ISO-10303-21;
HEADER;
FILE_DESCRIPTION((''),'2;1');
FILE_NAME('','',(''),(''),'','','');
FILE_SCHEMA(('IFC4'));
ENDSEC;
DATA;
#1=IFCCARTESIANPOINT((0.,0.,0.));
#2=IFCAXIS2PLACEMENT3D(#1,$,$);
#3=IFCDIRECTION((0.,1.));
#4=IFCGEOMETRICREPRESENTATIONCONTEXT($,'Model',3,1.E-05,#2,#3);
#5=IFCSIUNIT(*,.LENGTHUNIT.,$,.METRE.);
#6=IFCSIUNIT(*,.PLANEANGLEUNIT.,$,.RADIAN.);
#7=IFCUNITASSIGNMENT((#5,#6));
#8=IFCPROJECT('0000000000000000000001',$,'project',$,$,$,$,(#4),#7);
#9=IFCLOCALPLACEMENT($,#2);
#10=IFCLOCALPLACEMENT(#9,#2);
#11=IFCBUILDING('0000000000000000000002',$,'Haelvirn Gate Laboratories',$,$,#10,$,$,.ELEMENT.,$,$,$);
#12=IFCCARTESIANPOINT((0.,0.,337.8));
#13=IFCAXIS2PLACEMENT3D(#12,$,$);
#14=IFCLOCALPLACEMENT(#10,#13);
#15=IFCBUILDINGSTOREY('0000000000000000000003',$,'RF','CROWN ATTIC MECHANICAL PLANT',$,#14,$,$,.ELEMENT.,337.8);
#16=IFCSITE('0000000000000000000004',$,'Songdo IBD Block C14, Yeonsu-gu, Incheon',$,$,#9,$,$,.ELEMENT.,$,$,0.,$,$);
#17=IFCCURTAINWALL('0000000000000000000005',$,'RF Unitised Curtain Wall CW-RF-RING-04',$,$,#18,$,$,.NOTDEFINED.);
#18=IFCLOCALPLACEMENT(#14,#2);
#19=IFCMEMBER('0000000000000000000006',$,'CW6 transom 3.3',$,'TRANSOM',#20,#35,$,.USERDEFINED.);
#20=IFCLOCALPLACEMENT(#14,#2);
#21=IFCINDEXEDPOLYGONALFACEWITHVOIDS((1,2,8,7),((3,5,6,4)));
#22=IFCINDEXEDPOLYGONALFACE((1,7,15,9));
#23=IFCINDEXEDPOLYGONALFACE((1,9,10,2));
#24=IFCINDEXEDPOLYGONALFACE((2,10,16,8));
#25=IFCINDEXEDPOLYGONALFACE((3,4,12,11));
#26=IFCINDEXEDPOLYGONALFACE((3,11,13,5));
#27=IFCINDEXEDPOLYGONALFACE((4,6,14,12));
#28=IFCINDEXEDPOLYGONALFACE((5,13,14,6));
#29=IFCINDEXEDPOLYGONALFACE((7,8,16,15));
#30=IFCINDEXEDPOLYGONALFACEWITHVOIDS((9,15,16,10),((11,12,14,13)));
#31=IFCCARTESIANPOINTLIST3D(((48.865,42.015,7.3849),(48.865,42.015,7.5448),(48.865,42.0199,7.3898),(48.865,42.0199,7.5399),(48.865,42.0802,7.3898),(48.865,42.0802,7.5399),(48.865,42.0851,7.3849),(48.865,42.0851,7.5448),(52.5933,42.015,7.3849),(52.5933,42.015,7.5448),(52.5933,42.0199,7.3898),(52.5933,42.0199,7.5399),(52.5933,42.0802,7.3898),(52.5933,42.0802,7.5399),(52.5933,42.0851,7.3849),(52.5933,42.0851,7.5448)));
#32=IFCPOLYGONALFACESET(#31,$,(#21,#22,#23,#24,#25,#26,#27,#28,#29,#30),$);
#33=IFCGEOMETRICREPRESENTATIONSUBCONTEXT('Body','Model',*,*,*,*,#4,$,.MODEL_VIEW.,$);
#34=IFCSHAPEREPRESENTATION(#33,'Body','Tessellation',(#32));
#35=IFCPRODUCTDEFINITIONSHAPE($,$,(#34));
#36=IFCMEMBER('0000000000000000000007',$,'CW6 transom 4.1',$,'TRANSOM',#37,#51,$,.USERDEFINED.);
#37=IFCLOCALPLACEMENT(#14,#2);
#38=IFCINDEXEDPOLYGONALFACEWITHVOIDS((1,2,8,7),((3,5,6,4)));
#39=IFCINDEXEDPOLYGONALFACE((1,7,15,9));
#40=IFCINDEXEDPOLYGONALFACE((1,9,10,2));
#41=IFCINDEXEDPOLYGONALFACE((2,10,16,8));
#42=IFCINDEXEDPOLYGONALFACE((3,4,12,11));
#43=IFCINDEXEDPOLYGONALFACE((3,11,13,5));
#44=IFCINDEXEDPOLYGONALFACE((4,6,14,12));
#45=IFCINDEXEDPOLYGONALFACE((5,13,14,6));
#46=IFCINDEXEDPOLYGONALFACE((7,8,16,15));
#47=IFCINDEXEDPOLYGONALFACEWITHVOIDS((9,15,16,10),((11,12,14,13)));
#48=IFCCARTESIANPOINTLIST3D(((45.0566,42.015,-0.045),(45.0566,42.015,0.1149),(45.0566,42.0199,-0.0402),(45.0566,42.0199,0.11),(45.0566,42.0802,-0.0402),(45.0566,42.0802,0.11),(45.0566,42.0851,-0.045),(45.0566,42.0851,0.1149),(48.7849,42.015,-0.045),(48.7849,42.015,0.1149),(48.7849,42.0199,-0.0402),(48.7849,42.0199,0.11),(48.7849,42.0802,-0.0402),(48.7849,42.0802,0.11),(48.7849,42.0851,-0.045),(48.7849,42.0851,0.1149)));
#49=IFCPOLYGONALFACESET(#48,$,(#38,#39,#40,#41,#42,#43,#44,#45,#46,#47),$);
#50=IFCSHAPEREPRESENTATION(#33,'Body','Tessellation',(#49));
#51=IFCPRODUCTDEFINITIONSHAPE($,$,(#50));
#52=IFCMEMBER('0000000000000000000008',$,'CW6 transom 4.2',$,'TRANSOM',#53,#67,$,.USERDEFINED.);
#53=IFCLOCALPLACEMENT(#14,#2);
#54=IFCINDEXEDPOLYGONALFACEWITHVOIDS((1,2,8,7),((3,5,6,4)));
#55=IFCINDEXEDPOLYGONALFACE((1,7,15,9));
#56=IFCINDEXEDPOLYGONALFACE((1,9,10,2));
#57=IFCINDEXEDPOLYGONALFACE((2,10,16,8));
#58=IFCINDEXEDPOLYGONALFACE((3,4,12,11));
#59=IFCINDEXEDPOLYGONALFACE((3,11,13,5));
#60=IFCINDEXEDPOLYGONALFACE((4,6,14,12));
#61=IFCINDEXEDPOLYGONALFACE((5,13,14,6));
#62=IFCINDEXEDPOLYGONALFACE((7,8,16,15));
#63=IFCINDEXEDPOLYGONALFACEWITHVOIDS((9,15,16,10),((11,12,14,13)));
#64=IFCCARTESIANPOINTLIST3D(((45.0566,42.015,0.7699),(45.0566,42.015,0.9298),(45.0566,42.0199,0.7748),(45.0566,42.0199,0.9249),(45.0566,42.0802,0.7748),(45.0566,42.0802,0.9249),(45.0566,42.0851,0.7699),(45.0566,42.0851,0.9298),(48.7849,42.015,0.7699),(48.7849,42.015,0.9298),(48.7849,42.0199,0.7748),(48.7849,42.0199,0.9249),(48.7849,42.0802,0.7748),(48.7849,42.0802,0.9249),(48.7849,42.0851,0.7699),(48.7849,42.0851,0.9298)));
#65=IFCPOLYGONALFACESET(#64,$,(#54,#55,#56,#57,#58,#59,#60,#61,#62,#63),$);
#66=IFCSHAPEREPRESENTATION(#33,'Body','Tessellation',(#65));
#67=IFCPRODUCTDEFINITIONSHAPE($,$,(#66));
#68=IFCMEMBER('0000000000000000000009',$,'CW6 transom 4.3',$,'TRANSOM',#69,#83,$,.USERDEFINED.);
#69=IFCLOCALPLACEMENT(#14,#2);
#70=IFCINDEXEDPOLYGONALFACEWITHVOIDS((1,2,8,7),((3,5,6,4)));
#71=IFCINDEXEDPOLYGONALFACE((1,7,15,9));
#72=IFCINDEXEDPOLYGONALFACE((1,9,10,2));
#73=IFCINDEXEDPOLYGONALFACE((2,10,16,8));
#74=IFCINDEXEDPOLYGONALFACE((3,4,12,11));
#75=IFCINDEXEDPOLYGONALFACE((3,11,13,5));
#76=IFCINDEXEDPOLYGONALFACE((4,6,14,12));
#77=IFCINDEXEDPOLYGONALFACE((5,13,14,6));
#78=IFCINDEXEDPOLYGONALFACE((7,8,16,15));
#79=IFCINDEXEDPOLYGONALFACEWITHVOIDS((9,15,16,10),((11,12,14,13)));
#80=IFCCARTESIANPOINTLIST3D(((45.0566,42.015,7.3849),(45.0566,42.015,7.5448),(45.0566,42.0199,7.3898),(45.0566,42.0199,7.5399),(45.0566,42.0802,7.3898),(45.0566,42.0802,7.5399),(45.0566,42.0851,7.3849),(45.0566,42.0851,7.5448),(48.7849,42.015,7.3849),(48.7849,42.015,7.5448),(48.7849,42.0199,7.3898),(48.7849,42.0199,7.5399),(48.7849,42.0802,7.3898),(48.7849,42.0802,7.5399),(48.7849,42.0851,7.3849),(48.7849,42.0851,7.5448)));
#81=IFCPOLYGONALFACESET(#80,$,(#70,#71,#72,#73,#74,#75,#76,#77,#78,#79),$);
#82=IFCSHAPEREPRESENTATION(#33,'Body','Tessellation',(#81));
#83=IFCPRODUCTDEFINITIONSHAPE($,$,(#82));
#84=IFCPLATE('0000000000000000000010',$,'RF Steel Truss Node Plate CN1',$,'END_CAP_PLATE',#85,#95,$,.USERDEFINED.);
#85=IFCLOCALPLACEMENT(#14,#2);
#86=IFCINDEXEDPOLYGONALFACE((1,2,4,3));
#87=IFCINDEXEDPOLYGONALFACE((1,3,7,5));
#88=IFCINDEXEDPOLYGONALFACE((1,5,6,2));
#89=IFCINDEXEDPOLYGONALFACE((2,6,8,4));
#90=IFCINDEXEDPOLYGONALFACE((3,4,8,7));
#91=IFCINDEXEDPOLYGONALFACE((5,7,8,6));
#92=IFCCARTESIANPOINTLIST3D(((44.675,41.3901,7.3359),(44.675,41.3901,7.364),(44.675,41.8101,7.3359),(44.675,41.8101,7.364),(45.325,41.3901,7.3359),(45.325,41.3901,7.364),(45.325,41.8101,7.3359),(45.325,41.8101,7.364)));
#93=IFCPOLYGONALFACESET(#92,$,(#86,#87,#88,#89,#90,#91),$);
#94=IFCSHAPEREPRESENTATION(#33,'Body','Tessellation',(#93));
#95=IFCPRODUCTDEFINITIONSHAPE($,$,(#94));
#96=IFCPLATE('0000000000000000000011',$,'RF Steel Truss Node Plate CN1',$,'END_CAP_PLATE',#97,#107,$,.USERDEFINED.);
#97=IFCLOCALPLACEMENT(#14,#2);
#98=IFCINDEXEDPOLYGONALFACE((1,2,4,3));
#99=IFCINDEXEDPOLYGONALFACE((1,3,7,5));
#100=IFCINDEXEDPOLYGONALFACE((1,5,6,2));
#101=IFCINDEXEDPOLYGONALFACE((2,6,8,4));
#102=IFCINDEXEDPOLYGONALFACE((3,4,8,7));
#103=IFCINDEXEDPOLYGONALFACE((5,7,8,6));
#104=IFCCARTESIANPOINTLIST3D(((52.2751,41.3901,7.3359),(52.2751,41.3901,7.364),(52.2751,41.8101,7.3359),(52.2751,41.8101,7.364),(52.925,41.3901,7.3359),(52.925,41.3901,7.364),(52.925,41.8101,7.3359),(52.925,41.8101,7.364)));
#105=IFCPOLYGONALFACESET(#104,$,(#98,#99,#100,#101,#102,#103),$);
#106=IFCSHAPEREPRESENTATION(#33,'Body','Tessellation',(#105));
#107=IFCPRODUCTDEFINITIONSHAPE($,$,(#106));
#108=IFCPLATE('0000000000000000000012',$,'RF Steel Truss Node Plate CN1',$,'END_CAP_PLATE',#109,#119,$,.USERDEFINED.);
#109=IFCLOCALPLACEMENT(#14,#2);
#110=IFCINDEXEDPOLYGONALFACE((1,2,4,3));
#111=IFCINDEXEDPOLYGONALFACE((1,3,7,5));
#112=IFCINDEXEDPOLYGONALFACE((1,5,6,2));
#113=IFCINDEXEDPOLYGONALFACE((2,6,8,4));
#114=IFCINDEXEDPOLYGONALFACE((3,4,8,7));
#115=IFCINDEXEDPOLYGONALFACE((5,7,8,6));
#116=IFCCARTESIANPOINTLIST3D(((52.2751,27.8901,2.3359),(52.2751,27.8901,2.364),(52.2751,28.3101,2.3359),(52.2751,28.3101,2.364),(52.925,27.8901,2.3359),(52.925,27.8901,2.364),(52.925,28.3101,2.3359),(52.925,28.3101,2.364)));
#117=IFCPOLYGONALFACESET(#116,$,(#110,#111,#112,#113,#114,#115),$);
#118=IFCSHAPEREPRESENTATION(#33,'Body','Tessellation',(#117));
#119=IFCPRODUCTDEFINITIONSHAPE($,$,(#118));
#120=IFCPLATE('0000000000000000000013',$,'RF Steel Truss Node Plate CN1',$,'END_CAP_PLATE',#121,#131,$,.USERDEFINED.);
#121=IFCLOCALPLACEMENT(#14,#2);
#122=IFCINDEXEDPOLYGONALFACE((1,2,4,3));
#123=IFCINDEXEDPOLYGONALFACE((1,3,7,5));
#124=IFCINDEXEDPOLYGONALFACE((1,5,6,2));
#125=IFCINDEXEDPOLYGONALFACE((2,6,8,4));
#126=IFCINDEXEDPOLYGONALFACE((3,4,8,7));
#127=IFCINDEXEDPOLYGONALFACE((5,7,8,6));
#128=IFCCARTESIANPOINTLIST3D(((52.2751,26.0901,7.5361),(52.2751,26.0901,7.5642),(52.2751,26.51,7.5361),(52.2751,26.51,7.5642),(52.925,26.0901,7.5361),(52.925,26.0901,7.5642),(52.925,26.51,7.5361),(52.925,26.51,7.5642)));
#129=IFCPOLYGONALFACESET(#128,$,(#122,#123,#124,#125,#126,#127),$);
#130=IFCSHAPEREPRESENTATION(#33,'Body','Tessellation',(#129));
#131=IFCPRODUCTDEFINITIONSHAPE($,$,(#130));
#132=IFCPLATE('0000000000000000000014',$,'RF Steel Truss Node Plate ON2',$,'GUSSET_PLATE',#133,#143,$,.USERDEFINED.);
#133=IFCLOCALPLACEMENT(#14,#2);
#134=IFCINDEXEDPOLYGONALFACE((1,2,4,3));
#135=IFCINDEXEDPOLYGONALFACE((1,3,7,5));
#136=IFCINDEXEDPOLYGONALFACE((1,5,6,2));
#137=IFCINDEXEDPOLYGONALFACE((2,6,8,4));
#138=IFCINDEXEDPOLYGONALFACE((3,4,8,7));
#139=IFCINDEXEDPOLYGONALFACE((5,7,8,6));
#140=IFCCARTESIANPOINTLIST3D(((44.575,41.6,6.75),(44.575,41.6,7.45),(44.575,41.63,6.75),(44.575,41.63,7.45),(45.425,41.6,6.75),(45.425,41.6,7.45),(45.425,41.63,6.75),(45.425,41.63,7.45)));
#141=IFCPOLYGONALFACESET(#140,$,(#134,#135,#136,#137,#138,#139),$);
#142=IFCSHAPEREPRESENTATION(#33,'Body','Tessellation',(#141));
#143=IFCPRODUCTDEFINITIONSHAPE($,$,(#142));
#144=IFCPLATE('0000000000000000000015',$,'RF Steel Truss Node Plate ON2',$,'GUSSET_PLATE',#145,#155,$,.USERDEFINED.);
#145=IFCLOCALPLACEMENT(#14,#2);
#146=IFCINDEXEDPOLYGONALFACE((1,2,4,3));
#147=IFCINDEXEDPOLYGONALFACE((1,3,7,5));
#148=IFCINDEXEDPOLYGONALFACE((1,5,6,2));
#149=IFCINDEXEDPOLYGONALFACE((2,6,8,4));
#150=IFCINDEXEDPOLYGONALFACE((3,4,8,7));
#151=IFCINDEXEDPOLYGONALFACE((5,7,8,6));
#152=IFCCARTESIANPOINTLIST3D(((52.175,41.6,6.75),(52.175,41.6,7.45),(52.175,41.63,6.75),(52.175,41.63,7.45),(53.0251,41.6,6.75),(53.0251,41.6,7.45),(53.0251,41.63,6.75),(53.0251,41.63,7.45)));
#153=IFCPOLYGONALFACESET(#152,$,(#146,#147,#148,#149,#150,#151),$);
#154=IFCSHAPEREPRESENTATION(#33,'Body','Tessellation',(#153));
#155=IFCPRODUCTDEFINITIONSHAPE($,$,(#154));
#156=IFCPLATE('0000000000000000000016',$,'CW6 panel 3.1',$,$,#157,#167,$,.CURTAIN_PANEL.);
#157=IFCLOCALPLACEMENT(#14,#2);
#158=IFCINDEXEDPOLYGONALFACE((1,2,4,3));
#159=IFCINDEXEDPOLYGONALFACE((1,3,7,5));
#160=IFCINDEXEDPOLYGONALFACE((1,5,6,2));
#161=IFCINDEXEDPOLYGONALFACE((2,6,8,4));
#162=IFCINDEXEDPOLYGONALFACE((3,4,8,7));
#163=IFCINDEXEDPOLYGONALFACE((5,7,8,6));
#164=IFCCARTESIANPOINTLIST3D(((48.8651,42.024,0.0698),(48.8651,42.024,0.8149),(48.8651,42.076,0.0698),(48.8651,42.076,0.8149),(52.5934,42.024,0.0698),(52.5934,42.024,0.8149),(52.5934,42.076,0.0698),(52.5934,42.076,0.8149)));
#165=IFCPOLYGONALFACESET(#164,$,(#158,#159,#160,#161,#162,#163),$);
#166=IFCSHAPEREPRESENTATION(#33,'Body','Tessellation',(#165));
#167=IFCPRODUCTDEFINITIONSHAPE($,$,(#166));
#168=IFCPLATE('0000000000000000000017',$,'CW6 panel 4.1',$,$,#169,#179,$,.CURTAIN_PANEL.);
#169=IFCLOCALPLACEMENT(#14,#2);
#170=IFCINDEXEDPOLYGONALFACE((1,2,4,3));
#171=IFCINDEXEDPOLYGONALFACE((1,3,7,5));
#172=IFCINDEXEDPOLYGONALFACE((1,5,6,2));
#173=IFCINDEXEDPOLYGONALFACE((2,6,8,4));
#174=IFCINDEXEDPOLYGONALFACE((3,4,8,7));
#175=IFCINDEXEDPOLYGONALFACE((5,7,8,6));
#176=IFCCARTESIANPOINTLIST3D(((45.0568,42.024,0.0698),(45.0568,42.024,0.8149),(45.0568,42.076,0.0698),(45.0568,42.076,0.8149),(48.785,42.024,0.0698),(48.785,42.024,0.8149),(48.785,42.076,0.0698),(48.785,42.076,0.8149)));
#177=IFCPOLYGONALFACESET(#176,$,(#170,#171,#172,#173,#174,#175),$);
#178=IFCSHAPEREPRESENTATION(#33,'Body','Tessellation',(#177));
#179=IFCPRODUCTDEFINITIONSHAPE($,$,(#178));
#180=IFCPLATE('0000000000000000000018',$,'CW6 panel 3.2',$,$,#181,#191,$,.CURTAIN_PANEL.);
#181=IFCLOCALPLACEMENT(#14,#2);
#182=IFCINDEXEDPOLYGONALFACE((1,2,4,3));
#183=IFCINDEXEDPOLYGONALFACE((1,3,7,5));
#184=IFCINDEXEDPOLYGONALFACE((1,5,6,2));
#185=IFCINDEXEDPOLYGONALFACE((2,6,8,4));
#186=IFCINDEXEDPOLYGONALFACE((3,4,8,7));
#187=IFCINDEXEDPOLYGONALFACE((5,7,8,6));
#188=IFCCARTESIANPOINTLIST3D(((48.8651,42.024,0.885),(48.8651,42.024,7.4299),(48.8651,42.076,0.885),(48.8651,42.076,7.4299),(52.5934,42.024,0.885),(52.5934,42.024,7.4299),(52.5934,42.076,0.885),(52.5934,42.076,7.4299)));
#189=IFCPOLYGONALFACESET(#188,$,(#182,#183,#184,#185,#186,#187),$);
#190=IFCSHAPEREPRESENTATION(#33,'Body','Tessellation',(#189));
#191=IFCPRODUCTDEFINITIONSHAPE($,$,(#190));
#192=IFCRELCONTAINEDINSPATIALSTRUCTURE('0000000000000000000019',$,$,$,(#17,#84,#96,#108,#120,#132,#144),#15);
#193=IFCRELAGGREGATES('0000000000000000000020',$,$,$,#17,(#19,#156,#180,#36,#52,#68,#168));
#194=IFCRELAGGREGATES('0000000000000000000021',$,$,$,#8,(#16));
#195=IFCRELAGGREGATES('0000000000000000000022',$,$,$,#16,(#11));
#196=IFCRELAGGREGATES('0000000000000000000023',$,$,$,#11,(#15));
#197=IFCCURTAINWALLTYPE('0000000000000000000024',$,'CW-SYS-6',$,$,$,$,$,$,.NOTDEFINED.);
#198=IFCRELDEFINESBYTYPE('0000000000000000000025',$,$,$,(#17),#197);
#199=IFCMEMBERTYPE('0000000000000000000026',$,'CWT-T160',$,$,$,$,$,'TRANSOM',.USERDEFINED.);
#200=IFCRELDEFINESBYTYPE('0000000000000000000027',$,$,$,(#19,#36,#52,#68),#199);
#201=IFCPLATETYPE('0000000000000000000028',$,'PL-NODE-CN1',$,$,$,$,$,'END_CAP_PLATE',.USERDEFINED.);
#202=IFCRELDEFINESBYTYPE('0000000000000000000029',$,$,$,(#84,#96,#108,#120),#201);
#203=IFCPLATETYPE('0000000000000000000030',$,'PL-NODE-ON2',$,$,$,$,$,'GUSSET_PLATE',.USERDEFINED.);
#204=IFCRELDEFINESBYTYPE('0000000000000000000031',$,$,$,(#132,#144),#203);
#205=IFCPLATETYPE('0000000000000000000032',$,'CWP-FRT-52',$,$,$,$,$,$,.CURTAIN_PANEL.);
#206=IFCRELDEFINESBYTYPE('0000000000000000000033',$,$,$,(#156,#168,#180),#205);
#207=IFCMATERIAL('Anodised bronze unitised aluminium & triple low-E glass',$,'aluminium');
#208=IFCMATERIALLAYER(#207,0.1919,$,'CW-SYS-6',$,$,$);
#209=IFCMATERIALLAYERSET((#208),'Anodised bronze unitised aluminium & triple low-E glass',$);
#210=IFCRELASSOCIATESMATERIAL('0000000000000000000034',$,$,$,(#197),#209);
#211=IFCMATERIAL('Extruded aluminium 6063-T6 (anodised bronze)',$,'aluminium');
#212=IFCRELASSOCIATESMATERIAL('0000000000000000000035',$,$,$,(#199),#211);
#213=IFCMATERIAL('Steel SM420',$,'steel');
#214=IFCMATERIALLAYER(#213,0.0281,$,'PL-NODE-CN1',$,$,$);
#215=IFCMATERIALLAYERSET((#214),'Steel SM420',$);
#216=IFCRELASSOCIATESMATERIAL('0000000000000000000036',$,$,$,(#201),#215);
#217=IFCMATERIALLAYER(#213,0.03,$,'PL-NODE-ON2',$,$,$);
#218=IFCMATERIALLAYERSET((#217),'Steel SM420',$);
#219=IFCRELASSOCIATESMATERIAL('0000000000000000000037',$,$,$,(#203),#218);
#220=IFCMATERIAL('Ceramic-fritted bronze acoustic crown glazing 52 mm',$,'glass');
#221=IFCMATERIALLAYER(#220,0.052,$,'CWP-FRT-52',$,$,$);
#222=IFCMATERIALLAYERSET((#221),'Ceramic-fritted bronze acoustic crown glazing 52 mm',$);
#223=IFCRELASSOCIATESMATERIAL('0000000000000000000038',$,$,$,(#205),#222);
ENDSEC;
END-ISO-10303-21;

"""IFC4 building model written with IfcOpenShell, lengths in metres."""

from ifc_helpers import new_model, si_unit, direction, frame, origin, origin_2d, place, context, subcontext, project, spatial, rectangle, hollow_rectangle, extrude, source, transform, mapped, material, layer, layer_set, material_profile, profile_set, type_object, type_shapes, element, aggregate, save


model = new_model("IFC4")

# Units and contexts
model_context = context("Model", 3, precision=1e-05, world=origin(), true_north=direction((0.0, 1.0)))
body_context = subcontext(model_context, "Body", "Model", "MODEL_VIEW")
ifc_project = project(units=[si_unit("LENGTHUNIT", "METRE"), si_unit("PLANEANGLEUNIT", "RADIAN")], contexts=[model_context])

# Site, building, storey
site_placement = place(None, origin())
site = spatial("IfcSite", under=ifc_project, at=site_placement, Name="Songdo IBD Block C14, Yeonsu-gu, Incheon", CompositionType="ELEMENT", RefElevation=0.0)
building_placement = place(site_placement, origin())
building = spatial("IfcBuilding", under=site, at=building_placement, Name="Haelvirn Gate Laboratories", CompositionType="ELEMENT")
storey_placement = place(building_placement, frame((0.0, 0.0, 337.8)))
storey = spatial("IfcBuildingStorey", under=building, at=storey_placement, Name="RF", Description="CROWN ATTIC MECHANICAL PLANT", CompositionType="ELEMENT", Elevation=337.8)

# Shared definitions
ifc_material_1 = material(Name="Steel SM420", Category="steel")

# Curtain wall, members
ifc_material_2 = material(Name="Anodised bronze unitised aluminium & triple low-E glass", Category="aluminium")
ifc_layer_1 = layer(ifc_material_2, 0.1919, Name="CW-SYS-6")
ifc_layer_set_1 = layer_set([ifc_layer_1], Name="Anodised bronze unitised aluminium & triple low-E glass")
curtain_wall_type = type_object("IfcCurtainWallType", Name="CW-SYS-6", PredefinedType="NOTDEFINED", material=ifc_layer_set_1)
curtain_wall_placement = place(storey_placement, origin())
curtain_wall = element("IfcCurtainWall", 1, at=curtain_wall_placement, inside=storey, type_object=curtain_wall_type, Name="RF Unitised Curtain Wall CW-RF-RING-04", PredefinedType="NOTDEFINED")
ifc_material_3 = material(Name="Extruded aluminium 6063-T6 (anodised bronze)", Category="aluminium")
ifc_material_profile_1 = material_profile(ifc_material_3, hollow_rectangle(XDim=0.0701, YDim=0.1599, WallThickness=0.0049, at=origin_2d()), Name="CWT-160x70x5")
ifc_profile_set_1 = profile_set([ifc_material_profile_1], Name="Extruded aluminium 6063-T6 (anodised bronze)")
member_type_1 = type_object("IfcMemberType", Name="CWT-T160", ElementType="TRANSOM", PredefinedType="USERDEFINED", material=ifc_profile_set_1)
shared_shape_1 = source(origin(), body_context, "Body", "SweptSolid", [
    extrude(hollow_rectangle(XDim=0.0701, YDim=0.1599, WallThickness=0.0049, at=origin_2d()), origin(), (0.0, 0.0, 1.0), 3.7283),
])
type_shapes(member_type_1, [shared_shape_1])
member_1_placement = place(storey_placement, frame((52.5933, 42.05, 7.4648), z_axis=(-1.0, 0.0, 0.0), x_axis=(0.0, -1.0, 0.0)))
member_1 = element("IfcMember", 2, at=member_1_placement, type_object=member_type_1, Name="CW6 transom 3.3", ObjectType="TRANSOM", PredefinedType="USERDEFINED", context=body_context, shape_type="MappedRepresentation", body=[
    mapped(shared_shape_1, transform((0.0, 0.0, 0.0), scale=1.0)),
])
member_2_placement = place(storey_placement, frame((48.7849, 42.05, 0.0349), z_axis=(-1.0, 0.0, 0.0), x_axis=(0.0, -1.0, 0.0)))
member_2 = element("IfcMember", 3, at=member_2_placement, type_object=member_type_1, Name="CW6 transom 4.1", ObjectType="TRANSOM", PredefinedType="USERDEFINED", context=body_context, shape_type="MappedRepresentation", body=[
    mapped(shared_shape_1, transform((0.0, 0.0, 0.0), scale=1.0)),
])
member_3_placement = place(storey_placement, frame((48.7849, 42.05, 0.8499), z_axis=(-1.0, 0.0, 0.0), x_axis=(0.0, -1.0, 0.0)))
member_3 = element("IfcMember", 4, at=member_3_placement, type_object=member_type_1, Name="CW6 transom 4.2", ObjectType="TRANSOM", PredefinedType="USERDEFINED", context=body_context, shape_type="MappedRepresentation", body=[
    mapped(shared_shape_1, transform((0.0, 0.0, 0.0), scale=1.0)),
])
member_4_placement = place(storey_placement, frame((48.7849, 42.05, 7.4648), z_axis=(-1.0, 0.0, 0.0), x_axis=(0.0, -1.0, 0.0)))
member_4 = element("IfcMember", 5, at=member_4_placement, type_object=member_type_1, Name="CW6 transom 4.3", ObjectType="TRANSOM", PredefinedType="USERDEFINED", context=body_context, shape_type="MappedRepresentation", body=[
    mapped(shared_shape_1, transform((0.0, 0.0, 0.0), scale=1.0)),
])

# Plates
ifc_layer_2 = layer(ifc_material_1, 0.0281, Name="PL-NODE-CN1")
ifc_layer_set_2 = layer_set([ifc_layer_2], Name="Steel SM420")
plate_type_1 = type_object("IfcPlateType", Name="PL-NODE-CN1", ElementType="END_CAP_PLATE", PredefinedType="USERDEFINED", material=ifc_layer_set_2)
shared_shape_2 = source(origin(), body_context, "Body", "SweptSolid", [
    extrude(rectangle(XDim=0.6499, YDim=0.4199, at=origin_2d()), origin(), (0.0, 0.0, 1.0), 0.0281),
])
type_shapes(plate_type_1, [shared_shape_2])
for number, where, z_axis, x_axis, name in (
    (6, (45.0, 41.6001, 7.3359), (0.0, 0.0, 1.0), (1.0, 0.0, 0.0), "RF Steel Truss Node Plate CN1"),
    (7, (52.6001, 41.6001, 7.3359), (0.0, 0.0, 1.0), (1.0, 0.0, 0.0), "RF Steel Truss Node Plate CN1"),
    (8, (52.6001, 28.1001, 2.3359), (0.0, 0.0, 1.0), (1.0, 0.0, 0.0), "RF Steel Truss Node Plate CN1"),
    (9, (52.6001, 26.3, 7.5361), (0.0, 0.0, 1.0), (1.0, 0.0, 0.0), "RF Steel Truss Node Plate CN1"),
):
    element("IfcPlate", number, at=place(storey_placement, frame(where, z_axis=z_axis, x_axis=x_axis)), inside=storey, type_object=plate_type_1, Name=name, ObjectType="END_CAP_PLATE", PredefinedType="USERDEFINED", context=body_context, shape_type="MappedRepresentation", body=[
        mapped(shared_shape_2, transform((0.0, 0.0, 0.0), scale=1.0)),
    ])
ifc_layer_3 = layer(ifc_material_1, 0.03, Name="PL-NODE-ON2")
ifc_layer_set_3 = layer_set([ifc_layer_3], Name="Steel SM420")
plate_type_2 = type_object("IfcPlateType", Name="PL-NODE-ON2", ElementType="GUSSET_PLATE", PredefinedType="USERDEFINED", material=ifc_layer_set_3)
shared_shape_3 = source(origin(), body_context, "Body", "SweptSolid", [
    extrude(rectangle(XDim=0.8501, YDim=0.03, at=origin_2d()), origin(), (0.0, 0.0, 1.0), 0.7),
])
type_shapes(plate_type_2, [shared_shape_3])
for number, where, z_axis, x_axis, name in (
    (10, (45.0, 41.615, 6.75), (0.0, 0.0, 1.0), (1.0, 0.0, 0.0), "RF Steel Truss Node Plate ON2"),
    (11, (52.6001, 41.615, 6.75), (0.0, 0.0, 1.0), (1.0, 0.0, 0.0), "RF Steel Truss Node Plate ON2"),
):
    element("IfcPlate", number, at=place(storey_placement, frame(where, z_axis=z_axis, x_axis=x_axis)), inside=storey, type_object=plate_type_2, Name=name, ObjectType="GUSSET_PLATE", PredefinedType="USERDEFINED", context=body_context, shape_type="MappedRepresentation", body=[
        mapped(shared_shape_3, transform((0.0, 0.0, 0.0), scale=1.0)),
    ])

# Plates
ifc_material_4 = material(Name="Ceramic-fritted bronze acoustic crown glazing 52 mm", Category="glass")
ifc_layer_4 = layer(ifc_material_4, 0.052, Name="CWP-FRT-52")
ifc_layer_set_4 = layer_set([ifc_layer_4], Name="Ceramic-fritted bronze acoustic crown glazing 52 mm")
plate_type_3 = type_object("IfcPlateType", Name="CWP-FRT-52", PredefinedType="CURTAIN_PANEL", material=ifc_layer_set_4)
shared_shape_4 = source(origin(), body_context, "Body", "SweptSolid", [
    extrude(rectangle(XDim=3.7283, YDim=0.052, at=origin_2d()), origin(), (0.0, 0.0, 1.0), 0.7451),
])
plate_1_placement = place(storey_placement, frame((50.7292, 42.05, 0.0698), z_axis=(0.0, 0.0, 1.0), x_axis=(-1.0, 0.0, 0.0)))
plate_1 = element("IfcPlate", 12, at=plate_1_placement, type_object=plate_type_3, Name="CW6 panel 3.1", PredefinedType="CURTAIN_PANEL", context=body_context, shape_type="MappedRepresentation", body=[
    mapped(shared_shape_4, transform((0.0, 0.0, 0.0), scale=1.0)),
])
plate_2_placement = place(storey_placement, frame((46.9209, 42.05, 0.0698), z_axis=(0.0, 0.0, 1.0), x_axis=(-1.0, 0.0, 0.0)))
plate_2 = element("IfcPlate", 13, at=plate_2_placement, type_object=plate_type_3, Name="CW6 panel 4.1", PredefinedType="CURTAIN_PANEL", context=body_context, shape_type="MappedRepresentation", body=[
    mapped(shared_shape_4, transform((0.0, 0.0, 0.0), scale=1.0)),
])
shared_shape_5 = source(origin(), body_context, "Body", "SweptSolid", [
    extrude(rectangle(XDim=3.7283, YDim=0.052, at=origin_2d()), origin(), (0.0, 0.0, 1.0), 6.5449),
])
type_shapes(plate_type_3, [shared_shape_4, shared_shape_5])
plate_3_placement = place(storey_placement, frame((50.7292, 42.05, 0.885), z_axis=(0.0, 0.0, 1.0), x_axis=(-1.0, 0.0, 0.0)))
plate_3 = element("IfcPlate", 14, at=plate_3_placement, type_object=plate_type_3, Name="CW6 panel 3.2", PredefinedType="CURTAIN_PANEL", context=body_context, shape_type="MappedRepresentation", body=[
    mapped(shared_shape_5, transform((0.0, 0.0, 0.0), scale=1.0)),
])
aggregate(curtain_wall, [member_1, plate_1, plate_3, member_2, member_3, member_4, plate_2])

save(model, "model.ifc")
